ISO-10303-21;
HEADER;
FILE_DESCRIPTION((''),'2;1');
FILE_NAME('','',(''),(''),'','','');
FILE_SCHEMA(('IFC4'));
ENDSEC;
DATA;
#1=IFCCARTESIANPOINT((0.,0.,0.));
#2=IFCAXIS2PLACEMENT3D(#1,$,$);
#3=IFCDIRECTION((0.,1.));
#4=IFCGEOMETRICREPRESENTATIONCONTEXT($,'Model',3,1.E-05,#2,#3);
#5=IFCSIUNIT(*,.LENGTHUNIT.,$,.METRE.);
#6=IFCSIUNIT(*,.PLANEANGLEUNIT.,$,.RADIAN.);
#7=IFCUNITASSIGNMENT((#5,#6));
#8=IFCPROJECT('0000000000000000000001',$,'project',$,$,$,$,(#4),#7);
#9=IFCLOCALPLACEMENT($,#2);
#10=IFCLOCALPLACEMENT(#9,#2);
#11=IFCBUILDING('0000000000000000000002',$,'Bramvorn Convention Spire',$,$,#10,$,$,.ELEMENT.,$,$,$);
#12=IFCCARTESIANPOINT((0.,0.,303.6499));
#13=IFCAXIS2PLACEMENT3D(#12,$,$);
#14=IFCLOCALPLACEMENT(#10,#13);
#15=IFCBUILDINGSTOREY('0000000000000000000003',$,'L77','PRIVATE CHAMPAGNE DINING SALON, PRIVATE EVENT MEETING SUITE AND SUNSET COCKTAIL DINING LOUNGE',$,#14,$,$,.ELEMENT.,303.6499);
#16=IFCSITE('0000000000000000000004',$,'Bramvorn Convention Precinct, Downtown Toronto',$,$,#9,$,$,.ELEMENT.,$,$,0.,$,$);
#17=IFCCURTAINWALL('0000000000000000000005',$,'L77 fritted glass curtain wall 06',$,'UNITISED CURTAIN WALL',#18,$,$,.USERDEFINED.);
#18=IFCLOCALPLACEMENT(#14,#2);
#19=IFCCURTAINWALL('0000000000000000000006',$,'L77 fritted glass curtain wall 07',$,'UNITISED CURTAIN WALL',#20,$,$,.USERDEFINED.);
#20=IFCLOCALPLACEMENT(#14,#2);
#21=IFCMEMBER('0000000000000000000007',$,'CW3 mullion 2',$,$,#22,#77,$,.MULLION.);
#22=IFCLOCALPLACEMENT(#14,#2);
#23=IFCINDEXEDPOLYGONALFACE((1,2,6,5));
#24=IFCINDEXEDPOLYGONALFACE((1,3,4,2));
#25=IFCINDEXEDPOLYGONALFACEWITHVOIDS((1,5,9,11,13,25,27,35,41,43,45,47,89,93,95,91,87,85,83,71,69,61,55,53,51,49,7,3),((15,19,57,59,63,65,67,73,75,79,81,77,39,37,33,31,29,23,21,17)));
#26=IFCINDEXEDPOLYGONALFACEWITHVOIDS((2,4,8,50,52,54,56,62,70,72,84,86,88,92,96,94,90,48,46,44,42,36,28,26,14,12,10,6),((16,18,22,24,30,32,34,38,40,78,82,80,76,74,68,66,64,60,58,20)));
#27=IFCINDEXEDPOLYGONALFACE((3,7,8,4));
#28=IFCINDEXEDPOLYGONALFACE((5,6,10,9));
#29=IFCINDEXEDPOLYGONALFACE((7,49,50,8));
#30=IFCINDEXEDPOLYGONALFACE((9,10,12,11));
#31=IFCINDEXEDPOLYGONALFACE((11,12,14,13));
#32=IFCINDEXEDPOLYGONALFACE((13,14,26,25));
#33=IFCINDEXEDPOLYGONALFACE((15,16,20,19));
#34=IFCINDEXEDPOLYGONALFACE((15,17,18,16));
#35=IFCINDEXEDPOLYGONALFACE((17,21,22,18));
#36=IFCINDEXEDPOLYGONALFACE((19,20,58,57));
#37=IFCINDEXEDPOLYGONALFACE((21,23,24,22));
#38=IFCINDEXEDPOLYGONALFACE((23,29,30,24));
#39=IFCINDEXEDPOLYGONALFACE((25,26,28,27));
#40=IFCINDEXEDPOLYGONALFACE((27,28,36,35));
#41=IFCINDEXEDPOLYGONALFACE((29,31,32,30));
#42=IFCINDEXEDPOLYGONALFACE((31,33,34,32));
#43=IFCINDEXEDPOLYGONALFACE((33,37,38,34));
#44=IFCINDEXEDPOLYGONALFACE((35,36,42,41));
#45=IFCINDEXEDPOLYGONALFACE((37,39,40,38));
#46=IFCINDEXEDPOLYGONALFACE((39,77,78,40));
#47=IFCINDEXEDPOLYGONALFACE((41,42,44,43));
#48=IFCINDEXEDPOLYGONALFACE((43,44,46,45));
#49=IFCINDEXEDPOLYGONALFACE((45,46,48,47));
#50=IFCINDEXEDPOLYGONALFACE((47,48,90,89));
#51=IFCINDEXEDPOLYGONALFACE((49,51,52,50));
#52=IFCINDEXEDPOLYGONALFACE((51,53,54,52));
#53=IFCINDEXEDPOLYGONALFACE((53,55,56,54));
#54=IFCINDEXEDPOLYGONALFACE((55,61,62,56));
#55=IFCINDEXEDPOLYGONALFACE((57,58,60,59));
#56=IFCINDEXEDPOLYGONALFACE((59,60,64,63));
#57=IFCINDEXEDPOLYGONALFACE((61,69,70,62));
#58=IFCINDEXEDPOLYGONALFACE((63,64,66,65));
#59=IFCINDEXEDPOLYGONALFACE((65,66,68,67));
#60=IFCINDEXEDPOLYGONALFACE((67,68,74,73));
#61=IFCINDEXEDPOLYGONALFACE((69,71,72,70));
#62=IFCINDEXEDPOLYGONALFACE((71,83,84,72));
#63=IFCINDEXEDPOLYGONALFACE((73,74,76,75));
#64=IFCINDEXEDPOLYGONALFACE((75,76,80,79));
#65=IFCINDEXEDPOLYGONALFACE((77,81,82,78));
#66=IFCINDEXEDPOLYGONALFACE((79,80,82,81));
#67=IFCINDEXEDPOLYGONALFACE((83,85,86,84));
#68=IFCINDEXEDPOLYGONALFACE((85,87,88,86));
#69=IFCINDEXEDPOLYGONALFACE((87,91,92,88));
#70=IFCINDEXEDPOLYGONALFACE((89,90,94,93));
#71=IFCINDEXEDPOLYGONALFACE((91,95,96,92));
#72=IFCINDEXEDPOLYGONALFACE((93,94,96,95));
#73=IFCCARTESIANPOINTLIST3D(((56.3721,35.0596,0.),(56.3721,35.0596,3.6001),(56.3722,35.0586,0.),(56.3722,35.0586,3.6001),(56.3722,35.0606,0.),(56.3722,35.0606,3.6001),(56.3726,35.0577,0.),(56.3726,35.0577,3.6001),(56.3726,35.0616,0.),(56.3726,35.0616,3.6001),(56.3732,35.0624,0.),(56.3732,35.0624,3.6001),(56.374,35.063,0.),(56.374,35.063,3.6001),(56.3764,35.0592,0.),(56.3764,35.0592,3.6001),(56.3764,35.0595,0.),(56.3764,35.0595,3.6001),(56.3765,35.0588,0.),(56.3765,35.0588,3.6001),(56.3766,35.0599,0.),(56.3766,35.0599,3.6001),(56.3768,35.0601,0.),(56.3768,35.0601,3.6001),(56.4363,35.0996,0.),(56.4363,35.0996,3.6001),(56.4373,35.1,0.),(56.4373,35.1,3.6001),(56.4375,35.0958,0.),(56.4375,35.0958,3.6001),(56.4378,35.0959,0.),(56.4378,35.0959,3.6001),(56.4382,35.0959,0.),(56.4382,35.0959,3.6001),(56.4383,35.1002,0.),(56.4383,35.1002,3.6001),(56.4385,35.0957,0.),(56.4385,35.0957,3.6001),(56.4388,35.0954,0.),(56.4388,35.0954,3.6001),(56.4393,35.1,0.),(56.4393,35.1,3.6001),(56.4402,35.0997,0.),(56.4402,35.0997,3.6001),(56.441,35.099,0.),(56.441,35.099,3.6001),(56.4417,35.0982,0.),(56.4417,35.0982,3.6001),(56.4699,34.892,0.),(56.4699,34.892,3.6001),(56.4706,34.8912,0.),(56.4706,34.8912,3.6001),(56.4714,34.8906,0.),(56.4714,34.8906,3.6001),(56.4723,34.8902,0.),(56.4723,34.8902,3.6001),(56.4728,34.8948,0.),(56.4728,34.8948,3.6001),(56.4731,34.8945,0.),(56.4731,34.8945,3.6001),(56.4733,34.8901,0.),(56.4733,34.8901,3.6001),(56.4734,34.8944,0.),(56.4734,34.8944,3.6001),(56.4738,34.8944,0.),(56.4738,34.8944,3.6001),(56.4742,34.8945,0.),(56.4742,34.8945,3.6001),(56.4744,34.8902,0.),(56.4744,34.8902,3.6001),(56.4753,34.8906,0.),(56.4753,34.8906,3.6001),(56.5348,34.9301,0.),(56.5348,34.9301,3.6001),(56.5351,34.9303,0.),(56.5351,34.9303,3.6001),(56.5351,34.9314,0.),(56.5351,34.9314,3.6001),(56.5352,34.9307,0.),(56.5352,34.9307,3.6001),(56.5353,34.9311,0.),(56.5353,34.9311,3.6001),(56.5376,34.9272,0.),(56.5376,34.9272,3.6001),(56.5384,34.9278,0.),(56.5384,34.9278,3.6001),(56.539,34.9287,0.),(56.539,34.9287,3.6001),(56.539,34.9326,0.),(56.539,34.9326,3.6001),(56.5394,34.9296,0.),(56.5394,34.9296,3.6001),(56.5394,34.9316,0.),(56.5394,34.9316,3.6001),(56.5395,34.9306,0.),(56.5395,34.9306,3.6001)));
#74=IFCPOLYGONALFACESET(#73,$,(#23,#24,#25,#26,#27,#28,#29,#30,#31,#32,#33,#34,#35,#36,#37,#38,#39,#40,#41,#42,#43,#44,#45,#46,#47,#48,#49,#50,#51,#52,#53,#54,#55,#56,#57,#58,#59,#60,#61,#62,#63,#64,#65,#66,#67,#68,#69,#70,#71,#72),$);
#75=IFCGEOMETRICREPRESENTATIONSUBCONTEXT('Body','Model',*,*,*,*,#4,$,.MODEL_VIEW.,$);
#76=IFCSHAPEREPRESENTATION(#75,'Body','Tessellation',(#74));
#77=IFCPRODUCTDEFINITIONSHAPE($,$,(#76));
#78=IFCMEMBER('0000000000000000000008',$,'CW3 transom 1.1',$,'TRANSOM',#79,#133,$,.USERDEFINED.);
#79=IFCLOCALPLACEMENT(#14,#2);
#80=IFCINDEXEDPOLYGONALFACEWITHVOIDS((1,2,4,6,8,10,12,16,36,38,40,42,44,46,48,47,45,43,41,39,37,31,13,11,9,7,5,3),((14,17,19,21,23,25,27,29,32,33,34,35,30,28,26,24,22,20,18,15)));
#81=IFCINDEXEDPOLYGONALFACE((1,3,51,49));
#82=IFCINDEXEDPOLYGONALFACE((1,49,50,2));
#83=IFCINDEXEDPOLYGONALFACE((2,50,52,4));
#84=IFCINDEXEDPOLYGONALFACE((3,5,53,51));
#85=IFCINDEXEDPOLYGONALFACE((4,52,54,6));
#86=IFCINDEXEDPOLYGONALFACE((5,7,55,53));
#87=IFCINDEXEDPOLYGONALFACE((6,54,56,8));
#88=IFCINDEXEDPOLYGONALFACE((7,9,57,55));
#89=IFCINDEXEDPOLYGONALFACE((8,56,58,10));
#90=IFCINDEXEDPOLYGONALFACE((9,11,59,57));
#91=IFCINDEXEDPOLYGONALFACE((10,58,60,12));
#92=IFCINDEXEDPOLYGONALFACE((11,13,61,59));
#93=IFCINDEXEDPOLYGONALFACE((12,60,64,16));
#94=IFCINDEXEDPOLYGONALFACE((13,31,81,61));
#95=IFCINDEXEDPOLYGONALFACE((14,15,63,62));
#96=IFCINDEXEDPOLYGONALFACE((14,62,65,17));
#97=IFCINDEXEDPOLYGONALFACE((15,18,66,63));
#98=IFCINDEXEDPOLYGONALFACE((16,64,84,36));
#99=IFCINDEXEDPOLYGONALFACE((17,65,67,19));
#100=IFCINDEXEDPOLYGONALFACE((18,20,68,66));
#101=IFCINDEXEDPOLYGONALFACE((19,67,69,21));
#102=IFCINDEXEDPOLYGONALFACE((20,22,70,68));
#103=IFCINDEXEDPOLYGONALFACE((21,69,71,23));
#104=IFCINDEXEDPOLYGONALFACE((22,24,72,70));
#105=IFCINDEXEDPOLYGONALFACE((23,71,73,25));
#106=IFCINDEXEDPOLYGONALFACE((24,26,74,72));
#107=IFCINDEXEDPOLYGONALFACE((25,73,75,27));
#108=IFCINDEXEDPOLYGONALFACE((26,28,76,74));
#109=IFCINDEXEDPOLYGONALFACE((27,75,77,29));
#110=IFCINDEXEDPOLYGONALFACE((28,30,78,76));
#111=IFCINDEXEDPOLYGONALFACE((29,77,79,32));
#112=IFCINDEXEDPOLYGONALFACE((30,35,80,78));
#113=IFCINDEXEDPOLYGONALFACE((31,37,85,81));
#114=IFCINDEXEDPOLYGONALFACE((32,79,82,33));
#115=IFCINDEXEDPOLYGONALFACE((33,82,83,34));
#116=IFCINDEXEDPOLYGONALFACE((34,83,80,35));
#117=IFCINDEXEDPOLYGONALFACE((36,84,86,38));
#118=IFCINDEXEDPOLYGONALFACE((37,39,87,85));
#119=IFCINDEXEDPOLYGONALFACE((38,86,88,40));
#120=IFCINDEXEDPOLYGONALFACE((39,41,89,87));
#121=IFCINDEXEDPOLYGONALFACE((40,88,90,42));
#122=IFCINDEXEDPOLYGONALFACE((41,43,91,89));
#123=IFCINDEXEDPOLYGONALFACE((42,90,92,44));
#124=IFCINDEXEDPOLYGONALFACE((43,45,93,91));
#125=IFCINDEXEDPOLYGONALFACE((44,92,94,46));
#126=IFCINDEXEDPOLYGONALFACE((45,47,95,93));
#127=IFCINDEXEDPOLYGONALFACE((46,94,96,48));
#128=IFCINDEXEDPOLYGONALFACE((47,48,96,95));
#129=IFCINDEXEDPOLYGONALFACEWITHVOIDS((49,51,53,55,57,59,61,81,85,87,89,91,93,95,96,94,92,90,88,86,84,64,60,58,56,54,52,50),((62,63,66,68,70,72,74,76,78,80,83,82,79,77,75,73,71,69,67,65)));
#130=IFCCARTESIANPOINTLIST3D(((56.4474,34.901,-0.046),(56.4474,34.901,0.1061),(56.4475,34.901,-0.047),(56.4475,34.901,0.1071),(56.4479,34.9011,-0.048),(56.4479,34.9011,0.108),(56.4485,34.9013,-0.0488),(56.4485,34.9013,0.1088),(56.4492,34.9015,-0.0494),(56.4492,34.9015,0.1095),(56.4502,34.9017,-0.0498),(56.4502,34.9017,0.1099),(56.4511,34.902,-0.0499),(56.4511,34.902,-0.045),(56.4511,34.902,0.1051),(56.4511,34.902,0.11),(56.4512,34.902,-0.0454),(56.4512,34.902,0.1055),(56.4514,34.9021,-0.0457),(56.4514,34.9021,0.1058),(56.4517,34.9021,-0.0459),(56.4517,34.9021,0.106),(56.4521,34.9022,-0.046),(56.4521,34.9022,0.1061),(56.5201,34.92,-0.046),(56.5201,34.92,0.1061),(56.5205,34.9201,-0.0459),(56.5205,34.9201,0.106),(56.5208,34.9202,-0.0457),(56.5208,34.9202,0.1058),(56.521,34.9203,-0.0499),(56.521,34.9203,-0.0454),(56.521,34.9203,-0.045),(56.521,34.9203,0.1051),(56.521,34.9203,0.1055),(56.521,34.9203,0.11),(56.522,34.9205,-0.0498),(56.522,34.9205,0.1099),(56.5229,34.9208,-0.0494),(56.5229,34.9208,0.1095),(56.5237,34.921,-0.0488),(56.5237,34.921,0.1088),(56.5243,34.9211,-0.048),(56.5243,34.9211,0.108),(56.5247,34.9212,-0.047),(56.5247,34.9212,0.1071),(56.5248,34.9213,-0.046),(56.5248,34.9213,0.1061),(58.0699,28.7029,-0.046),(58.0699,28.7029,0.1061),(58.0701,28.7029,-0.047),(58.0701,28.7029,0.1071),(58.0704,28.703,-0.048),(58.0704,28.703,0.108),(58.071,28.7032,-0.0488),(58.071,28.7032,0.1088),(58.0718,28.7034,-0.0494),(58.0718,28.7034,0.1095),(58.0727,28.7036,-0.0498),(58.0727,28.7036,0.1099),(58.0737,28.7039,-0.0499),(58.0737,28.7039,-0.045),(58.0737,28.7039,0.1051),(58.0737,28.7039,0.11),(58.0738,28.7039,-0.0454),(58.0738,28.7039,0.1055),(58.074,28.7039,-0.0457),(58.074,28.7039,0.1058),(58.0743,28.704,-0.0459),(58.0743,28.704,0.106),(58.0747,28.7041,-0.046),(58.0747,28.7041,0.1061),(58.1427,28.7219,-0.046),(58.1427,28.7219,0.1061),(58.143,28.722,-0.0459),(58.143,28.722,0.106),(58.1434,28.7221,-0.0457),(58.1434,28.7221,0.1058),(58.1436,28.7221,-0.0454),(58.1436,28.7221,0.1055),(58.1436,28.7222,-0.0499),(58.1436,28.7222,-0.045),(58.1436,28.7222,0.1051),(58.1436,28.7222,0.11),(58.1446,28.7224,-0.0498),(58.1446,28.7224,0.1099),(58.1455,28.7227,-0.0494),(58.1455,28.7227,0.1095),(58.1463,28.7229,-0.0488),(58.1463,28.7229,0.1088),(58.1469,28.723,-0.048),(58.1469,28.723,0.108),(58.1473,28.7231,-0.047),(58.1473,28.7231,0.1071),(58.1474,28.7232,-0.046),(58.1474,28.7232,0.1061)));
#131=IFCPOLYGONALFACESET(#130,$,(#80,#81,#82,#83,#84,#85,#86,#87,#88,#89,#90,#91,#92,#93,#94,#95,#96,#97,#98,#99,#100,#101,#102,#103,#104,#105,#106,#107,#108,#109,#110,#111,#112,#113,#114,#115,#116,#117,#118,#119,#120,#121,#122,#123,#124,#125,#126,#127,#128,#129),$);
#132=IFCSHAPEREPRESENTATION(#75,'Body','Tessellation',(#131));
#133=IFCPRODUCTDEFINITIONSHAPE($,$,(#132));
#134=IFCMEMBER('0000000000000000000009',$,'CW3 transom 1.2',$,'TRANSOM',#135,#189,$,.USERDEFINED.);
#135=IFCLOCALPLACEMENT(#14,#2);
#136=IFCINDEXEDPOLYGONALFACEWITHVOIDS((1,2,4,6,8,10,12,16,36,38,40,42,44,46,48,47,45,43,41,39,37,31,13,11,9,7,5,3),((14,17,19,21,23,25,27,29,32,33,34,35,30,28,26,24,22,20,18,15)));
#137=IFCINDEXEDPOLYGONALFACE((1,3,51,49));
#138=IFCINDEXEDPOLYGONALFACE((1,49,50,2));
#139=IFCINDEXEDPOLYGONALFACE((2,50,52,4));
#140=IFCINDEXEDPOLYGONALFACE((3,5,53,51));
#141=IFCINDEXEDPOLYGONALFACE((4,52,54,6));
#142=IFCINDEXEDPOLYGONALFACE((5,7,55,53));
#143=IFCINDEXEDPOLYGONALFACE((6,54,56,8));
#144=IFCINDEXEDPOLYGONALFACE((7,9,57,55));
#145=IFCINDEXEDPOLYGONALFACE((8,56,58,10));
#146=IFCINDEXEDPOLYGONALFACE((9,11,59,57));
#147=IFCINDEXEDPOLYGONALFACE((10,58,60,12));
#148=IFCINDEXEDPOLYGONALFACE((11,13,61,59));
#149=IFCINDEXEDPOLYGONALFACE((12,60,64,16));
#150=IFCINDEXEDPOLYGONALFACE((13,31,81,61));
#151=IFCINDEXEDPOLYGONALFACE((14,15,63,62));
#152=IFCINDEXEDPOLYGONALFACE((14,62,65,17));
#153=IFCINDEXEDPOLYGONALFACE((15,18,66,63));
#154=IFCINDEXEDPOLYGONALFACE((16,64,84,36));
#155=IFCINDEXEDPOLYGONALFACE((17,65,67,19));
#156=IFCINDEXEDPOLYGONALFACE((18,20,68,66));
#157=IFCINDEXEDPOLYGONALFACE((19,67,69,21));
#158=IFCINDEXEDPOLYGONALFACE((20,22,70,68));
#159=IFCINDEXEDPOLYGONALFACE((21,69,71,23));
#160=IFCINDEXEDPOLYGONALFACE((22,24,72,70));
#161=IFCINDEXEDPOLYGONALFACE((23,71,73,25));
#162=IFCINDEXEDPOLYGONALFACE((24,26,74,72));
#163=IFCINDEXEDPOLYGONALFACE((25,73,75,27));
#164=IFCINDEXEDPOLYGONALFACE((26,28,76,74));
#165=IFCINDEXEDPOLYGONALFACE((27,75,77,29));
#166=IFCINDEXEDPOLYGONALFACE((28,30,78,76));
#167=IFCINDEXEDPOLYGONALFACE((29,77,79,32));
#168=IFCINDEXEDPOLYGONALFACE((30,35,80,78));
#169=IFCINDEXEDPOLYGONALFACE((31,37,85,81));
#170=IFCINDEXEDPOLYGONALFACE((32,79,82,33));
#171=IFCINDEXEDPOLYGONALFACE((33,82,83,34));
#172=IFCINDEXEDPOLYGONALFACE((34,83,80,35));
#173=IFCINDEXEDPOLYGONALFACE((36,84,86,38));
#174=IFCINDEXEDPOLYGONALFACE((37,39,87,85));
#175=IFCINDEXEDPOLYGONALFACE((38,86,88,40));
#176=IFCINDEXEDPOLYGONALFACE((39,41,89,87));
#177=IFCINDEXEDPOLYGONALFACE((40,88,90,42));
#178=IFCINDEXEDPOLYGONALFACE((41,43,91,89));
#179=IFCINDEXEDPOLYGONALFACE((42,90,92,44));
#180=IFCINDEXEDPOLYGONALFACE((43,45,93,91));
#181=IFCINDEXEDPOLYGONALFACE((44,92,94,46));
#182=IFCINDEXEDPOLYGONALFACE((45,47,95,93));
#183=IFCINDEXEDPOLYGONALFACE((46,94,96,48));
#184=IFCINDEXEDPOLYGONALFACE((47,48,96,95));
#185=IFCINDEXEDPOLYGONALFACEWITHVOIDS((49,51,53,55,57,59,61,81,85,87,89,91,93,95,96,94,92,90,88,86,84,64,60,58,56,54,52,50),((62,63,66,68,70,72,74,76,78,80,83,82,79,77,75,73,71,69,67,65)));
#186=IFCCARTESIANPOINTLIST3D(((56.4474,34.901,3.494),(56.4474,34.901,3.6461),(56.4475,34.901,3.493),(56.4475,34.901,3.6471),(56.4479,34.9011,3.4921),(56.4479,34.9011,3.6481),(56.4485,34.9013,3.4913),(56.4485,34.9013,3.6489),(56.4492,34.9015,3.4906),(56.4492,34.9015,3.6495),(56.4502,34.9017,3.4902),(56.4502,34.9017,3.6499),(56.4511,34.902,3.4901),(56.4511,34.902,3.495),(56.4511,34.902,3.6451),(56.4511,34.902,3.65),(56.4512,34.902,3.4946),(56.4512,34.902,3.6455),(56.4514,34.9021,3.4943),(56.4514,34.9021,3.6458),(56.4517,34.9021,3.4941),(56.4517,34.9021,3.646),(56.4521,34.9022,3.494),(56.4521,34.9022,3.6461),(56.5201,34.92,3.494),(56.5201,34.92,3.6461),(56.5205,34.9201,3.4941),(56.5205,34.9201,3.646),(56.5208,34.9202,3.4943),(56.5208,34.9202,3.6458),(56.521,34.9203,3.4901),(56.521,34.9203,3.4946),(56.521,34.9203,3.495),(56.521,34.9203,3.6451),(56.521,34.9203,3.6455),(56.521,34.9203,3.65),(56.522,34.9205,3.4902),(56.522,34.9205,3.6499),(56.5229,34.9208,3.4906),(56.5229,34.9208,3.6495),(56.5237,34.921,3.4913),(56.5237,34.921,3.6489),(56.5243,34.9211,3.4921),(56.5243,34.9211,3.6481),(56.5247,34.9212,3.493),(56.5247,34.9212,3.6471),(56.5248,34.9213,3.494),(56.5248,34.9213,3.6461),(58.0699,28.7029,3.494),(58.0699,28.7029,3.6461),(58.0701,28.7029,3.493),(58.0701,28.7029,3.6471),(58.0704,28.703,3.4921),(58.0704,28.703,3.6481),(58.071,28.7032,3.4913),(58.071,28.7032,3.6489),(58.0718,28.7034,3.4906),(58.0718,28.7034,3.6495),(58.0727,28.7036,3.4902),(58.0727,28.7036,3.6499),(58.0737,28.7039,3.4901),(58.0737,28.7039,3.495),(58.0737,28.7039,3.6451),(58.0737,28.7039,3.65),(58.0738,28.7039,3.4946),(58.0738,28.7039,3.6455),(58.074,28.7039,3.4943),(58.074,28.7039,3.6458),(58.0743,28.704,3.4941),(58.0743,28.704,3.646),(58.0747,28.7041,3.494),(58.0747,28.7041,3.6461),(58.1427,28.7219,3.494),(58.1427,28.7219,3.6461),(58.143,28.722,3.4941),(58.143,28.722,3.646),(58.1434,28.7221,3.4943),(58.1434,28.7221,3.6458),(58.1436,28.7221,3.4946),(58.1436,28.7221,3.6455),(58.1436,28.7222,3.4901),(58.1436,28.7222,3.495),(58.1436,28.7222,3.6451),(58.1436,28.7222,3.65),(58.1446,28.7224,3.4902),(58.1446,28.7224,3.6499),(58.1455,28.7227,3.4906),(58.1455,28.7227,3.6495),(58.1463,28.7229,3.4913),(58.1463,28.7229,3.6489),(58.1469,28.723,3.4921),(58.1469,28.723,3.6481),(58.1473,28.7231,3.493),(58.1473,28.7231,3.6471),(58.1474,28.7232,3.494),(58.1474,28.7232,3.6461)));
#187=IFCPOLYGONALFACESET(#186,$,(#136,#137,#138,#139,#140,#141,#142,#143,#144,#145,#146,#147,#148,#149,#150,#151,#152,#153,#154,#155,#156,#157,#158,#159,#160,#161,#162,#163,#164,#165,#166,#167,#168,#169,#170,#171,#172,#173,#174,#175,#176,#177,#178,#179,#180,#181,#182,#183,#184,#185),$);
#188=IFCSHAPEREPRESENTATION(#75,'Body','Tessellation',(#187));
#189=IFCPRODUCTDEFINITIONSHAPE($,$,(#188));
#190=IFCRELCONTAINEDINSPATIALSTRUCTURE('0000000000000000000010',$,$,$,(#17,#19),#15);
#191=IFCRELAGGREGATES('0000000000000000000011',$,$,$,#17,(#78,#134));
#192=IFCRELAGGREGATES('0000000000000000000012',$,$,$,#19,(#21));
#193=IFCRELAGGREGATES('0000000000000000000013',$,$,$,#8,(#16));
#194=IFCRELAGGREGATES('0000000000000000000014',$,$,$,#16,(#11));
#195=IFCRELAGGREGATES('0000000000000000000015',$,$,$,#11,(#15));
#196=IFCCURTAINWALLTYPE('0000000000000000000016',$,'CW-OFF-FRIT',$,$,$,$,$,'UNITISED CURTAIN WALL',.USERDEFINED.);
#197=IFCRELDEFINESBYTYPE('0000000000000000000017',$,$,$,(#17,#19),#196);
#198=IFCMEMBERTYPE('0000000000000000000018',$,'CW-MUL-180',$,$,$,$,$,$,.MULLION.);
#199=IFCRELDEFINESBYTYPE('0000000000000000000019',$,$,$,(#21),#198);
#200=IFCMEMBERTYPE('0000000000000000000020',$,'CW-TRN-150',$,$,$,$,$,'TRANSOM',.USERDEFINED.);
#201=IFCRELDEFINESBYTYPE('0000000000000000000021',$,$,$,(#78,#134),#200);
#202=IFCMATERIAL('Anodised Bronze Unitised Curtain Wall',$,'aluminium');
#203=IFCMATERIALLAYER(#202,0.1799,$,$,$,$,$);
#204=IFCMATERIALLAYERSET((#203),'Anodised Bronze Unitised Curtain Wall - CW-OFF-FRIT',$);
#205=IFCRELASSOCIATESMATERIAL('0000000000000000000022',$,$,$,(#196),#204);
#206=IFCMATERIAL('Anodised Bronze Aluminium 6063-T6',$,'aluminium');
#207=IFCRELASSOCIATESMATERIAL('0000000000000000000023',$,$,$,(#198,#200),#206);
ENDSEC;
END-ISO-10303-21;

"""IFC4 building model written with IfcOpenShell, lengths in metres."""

from ifc_helpers import new_model, si_unit, direction, frame, origin, origin_2d, place, context, subcontext, project, spatial, hollow_rectangle, extrude, material, layer, layer_set, material_profile, profile_set, type_object, element, aggregate, save


model = new_model("IFC4")

# Units and contexts
model_context = context("Model", 3, precision=1e-05, world=origin(), true_north=direction((0.0, 1.0)))
body_context = subcontext(model_context, "Body", "Model", "MODEL_VIEW")
ifc_project = project(units=[si_unit("LENGTHUNIT", "METRE"), si_unit("PLANEANGLEUNIT", "RADIAN")], contexts=[model_context])

# Site, building, storey
site_placement = place(None, origin())
site = spatial("IfcSite", under=ifc_project, at=site_placement, Name="Bramvorn Convention Precinct, Downtown Toronto", CompositionType="ELEMENT", RefElevation=0.0)
building_placement = place(site_placement, origin())
building = spatial("IfcBuilding", under=site, at=building_placement, Name="Bramvorn Convention Spire", CompositionType="ELEMENT")
storey_placement = place(building_placement, frame((0.0, 0.0, 303.6499)))
storey = spatial("IfcBuildingStorey", under=building, at=storey_placement, Name="L77", Description="PRIVATE CHAMPAGNE DINING SALON, PRIVATE EVENT MEETING SUITE AND SUNSET COCKTAIL DINING LOUNGE", CompositionType="ELEMENT", Elevation=303.6499)

# Curtain wall
ifc_material_1 = material(Name="Anodised Bronze Unitised Curtain Wall", Category="aluminium")
ifc_layer_1 = layer(ifc_material_1, 0.1799)
ifc_layer_set_1 = layer_set([ifc_layer_1], Name="Anodised Bronze Unitised Curtain Wall - CW-OFF-FRIT")
curtain_wall_type = type_object("IfcCurtainWallType", Name="CW-OFF-FRIT", ElementType="UNITISED CURTAIN WALL", PredefinedType="USERDEFINED", material=ifc_layer_set_1)
curtain_wall_1_placement = place(storey_placement, origin())
curtain_wall_1 = element("IfcCurtainWall", 1, at=curtain_wall_1_placement, inside=storey, type_object=curtain_wall_type, Name="L77 fritted glass curtain wall 06", ObjectType="UNITISED CURTAIN WALL", PredefinedType="USERDEFINED")
ifc_material_2 = material(Name="Anodised Bronze Aluminium 6063-T6", Category="aluminium")
ifc_material_profile_1 = material_profile(ifc_material_2, hollow_rectangle(XDim=0.0801, YDim=0.2, WallThickness=0.0039, InnerFilletRadius=0.001, OuterFilletRadius=0.0039, at=origin_2d()))
ifc_profile_set_1 = profile_set([ifc_material_profile_1], Name="Anodised Bronze Aluminium 6063-T6 - CWM80X200")
member_type_1 = type_object("IfcMemberType", Name="CW-MUL-180", PredefinedType="MULLION", material=ifc_profile_set_1)

# Curtain wall, member
curtain_wall_2_placement = place(storey_placement, origin())
curtain_wall_2 = element("IfcCurtainWall", 2, at=curtain_wall_2_placement, inside=storey, type_object=curtain_wall_type, Name="L77 fritted glass curtain wall 07", ObjectType="UNITISED CURTAIN WALL", PredefinedType="USERDEFINED")
member_1_placement = place(storey_placement, frame((56.4558, 34.9951, 0.0), z_axis=(0.0, 0.0, 1.0), x_axis=(0.86224, 0.5065, 0.0)))
member_1 = element("IfcMember", 3, at=member_1_placement, type_object=member_type_1, Name="CW3 mullion 2", PredefinedType="MULLION", context=body_context, shape_type="SweptSolid", body=[
    extrude(hollow_rectangle(XDim=0.0801, YDim=0.2, WallThickness=0.0039, InnerFilletRadius=0.001, OuterFilletRadius=0.0039, at=origin_2d()), origin(), (0.0, 0.0, 1.0), 3.6001),
])

# Members
ifc_material_profile_2 = material_profile(ifc_material_2, hollow_rectangle(XDim=0.0801, YDim=0.1599, WallThickness=0.0039, InnerFilletRadius=0.001, OuterFilletRadius=0.0039, at=origin_2d()))
ifc_profile_set_2 = profile_set([ifc_material_profile_2], Name="Anodised Bronze Aluminium 6063-T6 - CWT80X160")
member_type_2 = type_object("IfcMemberType", Name="CW-TRN-150", ElementType="TRANSOM", PredefinedType="USERDEFINED", material=ifc_profile_set_2)
member_2_placement = place(storey_placement, frame((56.4861, 34.9111, 0.03), z_axis=(0.253253, -0.9674, 0.0), x_axis=(0.9674, 0.253253, 0.0)))
member_2 = element("IfcMember", 4, at=member_2_placement, type_object=member_type_2, Name="CW3 transom 1.1", ObjectType="TRANSOM", PredefinedType="USERDEFINED", context=body_context, shape_type="SweptSolid", body=[
    extrude(hollow_rectangle(XDim=0.0801, YDim=0.1599, WallThickness=0.0039, InnerFilletRadius=0.001, OuterFilletRadius=0.0039, at=origin_2d()), origin(), (0.0, 0.0, 1.0), 6.407),
])
member_3_placement = place(storey_placement, frame((56.4861, 34.9111, 3.5701), z_axis=(0.253253, -0.9674, 0.0), x_axis=(0.9674, 0.253253, 0.0)))
member_3 = element("IfcMember", 5, at=member_3_placement, type_object=member_type_2, Name="CW3 transom 1.2", ObjectType="TRANSOM", PredefinedType="USERDEFINED", context=body_context, shape_type="SweptSolid", body=[
    extrude(hollow_rectangle(XDim=0.0801, YDim=0.1599, WallThickness=0.0039, InnerFilletRadius=0.001, OuterFilletRadius=0.0039, at=origin_2d()), origin(), (0.0, 0.0, 1.0), 6.407),
])

aggregate(curtain_wall_1, [member_2, member_3])
aggregate(curtain_wall_2, [member_1])

save(model, "model.ifc")
